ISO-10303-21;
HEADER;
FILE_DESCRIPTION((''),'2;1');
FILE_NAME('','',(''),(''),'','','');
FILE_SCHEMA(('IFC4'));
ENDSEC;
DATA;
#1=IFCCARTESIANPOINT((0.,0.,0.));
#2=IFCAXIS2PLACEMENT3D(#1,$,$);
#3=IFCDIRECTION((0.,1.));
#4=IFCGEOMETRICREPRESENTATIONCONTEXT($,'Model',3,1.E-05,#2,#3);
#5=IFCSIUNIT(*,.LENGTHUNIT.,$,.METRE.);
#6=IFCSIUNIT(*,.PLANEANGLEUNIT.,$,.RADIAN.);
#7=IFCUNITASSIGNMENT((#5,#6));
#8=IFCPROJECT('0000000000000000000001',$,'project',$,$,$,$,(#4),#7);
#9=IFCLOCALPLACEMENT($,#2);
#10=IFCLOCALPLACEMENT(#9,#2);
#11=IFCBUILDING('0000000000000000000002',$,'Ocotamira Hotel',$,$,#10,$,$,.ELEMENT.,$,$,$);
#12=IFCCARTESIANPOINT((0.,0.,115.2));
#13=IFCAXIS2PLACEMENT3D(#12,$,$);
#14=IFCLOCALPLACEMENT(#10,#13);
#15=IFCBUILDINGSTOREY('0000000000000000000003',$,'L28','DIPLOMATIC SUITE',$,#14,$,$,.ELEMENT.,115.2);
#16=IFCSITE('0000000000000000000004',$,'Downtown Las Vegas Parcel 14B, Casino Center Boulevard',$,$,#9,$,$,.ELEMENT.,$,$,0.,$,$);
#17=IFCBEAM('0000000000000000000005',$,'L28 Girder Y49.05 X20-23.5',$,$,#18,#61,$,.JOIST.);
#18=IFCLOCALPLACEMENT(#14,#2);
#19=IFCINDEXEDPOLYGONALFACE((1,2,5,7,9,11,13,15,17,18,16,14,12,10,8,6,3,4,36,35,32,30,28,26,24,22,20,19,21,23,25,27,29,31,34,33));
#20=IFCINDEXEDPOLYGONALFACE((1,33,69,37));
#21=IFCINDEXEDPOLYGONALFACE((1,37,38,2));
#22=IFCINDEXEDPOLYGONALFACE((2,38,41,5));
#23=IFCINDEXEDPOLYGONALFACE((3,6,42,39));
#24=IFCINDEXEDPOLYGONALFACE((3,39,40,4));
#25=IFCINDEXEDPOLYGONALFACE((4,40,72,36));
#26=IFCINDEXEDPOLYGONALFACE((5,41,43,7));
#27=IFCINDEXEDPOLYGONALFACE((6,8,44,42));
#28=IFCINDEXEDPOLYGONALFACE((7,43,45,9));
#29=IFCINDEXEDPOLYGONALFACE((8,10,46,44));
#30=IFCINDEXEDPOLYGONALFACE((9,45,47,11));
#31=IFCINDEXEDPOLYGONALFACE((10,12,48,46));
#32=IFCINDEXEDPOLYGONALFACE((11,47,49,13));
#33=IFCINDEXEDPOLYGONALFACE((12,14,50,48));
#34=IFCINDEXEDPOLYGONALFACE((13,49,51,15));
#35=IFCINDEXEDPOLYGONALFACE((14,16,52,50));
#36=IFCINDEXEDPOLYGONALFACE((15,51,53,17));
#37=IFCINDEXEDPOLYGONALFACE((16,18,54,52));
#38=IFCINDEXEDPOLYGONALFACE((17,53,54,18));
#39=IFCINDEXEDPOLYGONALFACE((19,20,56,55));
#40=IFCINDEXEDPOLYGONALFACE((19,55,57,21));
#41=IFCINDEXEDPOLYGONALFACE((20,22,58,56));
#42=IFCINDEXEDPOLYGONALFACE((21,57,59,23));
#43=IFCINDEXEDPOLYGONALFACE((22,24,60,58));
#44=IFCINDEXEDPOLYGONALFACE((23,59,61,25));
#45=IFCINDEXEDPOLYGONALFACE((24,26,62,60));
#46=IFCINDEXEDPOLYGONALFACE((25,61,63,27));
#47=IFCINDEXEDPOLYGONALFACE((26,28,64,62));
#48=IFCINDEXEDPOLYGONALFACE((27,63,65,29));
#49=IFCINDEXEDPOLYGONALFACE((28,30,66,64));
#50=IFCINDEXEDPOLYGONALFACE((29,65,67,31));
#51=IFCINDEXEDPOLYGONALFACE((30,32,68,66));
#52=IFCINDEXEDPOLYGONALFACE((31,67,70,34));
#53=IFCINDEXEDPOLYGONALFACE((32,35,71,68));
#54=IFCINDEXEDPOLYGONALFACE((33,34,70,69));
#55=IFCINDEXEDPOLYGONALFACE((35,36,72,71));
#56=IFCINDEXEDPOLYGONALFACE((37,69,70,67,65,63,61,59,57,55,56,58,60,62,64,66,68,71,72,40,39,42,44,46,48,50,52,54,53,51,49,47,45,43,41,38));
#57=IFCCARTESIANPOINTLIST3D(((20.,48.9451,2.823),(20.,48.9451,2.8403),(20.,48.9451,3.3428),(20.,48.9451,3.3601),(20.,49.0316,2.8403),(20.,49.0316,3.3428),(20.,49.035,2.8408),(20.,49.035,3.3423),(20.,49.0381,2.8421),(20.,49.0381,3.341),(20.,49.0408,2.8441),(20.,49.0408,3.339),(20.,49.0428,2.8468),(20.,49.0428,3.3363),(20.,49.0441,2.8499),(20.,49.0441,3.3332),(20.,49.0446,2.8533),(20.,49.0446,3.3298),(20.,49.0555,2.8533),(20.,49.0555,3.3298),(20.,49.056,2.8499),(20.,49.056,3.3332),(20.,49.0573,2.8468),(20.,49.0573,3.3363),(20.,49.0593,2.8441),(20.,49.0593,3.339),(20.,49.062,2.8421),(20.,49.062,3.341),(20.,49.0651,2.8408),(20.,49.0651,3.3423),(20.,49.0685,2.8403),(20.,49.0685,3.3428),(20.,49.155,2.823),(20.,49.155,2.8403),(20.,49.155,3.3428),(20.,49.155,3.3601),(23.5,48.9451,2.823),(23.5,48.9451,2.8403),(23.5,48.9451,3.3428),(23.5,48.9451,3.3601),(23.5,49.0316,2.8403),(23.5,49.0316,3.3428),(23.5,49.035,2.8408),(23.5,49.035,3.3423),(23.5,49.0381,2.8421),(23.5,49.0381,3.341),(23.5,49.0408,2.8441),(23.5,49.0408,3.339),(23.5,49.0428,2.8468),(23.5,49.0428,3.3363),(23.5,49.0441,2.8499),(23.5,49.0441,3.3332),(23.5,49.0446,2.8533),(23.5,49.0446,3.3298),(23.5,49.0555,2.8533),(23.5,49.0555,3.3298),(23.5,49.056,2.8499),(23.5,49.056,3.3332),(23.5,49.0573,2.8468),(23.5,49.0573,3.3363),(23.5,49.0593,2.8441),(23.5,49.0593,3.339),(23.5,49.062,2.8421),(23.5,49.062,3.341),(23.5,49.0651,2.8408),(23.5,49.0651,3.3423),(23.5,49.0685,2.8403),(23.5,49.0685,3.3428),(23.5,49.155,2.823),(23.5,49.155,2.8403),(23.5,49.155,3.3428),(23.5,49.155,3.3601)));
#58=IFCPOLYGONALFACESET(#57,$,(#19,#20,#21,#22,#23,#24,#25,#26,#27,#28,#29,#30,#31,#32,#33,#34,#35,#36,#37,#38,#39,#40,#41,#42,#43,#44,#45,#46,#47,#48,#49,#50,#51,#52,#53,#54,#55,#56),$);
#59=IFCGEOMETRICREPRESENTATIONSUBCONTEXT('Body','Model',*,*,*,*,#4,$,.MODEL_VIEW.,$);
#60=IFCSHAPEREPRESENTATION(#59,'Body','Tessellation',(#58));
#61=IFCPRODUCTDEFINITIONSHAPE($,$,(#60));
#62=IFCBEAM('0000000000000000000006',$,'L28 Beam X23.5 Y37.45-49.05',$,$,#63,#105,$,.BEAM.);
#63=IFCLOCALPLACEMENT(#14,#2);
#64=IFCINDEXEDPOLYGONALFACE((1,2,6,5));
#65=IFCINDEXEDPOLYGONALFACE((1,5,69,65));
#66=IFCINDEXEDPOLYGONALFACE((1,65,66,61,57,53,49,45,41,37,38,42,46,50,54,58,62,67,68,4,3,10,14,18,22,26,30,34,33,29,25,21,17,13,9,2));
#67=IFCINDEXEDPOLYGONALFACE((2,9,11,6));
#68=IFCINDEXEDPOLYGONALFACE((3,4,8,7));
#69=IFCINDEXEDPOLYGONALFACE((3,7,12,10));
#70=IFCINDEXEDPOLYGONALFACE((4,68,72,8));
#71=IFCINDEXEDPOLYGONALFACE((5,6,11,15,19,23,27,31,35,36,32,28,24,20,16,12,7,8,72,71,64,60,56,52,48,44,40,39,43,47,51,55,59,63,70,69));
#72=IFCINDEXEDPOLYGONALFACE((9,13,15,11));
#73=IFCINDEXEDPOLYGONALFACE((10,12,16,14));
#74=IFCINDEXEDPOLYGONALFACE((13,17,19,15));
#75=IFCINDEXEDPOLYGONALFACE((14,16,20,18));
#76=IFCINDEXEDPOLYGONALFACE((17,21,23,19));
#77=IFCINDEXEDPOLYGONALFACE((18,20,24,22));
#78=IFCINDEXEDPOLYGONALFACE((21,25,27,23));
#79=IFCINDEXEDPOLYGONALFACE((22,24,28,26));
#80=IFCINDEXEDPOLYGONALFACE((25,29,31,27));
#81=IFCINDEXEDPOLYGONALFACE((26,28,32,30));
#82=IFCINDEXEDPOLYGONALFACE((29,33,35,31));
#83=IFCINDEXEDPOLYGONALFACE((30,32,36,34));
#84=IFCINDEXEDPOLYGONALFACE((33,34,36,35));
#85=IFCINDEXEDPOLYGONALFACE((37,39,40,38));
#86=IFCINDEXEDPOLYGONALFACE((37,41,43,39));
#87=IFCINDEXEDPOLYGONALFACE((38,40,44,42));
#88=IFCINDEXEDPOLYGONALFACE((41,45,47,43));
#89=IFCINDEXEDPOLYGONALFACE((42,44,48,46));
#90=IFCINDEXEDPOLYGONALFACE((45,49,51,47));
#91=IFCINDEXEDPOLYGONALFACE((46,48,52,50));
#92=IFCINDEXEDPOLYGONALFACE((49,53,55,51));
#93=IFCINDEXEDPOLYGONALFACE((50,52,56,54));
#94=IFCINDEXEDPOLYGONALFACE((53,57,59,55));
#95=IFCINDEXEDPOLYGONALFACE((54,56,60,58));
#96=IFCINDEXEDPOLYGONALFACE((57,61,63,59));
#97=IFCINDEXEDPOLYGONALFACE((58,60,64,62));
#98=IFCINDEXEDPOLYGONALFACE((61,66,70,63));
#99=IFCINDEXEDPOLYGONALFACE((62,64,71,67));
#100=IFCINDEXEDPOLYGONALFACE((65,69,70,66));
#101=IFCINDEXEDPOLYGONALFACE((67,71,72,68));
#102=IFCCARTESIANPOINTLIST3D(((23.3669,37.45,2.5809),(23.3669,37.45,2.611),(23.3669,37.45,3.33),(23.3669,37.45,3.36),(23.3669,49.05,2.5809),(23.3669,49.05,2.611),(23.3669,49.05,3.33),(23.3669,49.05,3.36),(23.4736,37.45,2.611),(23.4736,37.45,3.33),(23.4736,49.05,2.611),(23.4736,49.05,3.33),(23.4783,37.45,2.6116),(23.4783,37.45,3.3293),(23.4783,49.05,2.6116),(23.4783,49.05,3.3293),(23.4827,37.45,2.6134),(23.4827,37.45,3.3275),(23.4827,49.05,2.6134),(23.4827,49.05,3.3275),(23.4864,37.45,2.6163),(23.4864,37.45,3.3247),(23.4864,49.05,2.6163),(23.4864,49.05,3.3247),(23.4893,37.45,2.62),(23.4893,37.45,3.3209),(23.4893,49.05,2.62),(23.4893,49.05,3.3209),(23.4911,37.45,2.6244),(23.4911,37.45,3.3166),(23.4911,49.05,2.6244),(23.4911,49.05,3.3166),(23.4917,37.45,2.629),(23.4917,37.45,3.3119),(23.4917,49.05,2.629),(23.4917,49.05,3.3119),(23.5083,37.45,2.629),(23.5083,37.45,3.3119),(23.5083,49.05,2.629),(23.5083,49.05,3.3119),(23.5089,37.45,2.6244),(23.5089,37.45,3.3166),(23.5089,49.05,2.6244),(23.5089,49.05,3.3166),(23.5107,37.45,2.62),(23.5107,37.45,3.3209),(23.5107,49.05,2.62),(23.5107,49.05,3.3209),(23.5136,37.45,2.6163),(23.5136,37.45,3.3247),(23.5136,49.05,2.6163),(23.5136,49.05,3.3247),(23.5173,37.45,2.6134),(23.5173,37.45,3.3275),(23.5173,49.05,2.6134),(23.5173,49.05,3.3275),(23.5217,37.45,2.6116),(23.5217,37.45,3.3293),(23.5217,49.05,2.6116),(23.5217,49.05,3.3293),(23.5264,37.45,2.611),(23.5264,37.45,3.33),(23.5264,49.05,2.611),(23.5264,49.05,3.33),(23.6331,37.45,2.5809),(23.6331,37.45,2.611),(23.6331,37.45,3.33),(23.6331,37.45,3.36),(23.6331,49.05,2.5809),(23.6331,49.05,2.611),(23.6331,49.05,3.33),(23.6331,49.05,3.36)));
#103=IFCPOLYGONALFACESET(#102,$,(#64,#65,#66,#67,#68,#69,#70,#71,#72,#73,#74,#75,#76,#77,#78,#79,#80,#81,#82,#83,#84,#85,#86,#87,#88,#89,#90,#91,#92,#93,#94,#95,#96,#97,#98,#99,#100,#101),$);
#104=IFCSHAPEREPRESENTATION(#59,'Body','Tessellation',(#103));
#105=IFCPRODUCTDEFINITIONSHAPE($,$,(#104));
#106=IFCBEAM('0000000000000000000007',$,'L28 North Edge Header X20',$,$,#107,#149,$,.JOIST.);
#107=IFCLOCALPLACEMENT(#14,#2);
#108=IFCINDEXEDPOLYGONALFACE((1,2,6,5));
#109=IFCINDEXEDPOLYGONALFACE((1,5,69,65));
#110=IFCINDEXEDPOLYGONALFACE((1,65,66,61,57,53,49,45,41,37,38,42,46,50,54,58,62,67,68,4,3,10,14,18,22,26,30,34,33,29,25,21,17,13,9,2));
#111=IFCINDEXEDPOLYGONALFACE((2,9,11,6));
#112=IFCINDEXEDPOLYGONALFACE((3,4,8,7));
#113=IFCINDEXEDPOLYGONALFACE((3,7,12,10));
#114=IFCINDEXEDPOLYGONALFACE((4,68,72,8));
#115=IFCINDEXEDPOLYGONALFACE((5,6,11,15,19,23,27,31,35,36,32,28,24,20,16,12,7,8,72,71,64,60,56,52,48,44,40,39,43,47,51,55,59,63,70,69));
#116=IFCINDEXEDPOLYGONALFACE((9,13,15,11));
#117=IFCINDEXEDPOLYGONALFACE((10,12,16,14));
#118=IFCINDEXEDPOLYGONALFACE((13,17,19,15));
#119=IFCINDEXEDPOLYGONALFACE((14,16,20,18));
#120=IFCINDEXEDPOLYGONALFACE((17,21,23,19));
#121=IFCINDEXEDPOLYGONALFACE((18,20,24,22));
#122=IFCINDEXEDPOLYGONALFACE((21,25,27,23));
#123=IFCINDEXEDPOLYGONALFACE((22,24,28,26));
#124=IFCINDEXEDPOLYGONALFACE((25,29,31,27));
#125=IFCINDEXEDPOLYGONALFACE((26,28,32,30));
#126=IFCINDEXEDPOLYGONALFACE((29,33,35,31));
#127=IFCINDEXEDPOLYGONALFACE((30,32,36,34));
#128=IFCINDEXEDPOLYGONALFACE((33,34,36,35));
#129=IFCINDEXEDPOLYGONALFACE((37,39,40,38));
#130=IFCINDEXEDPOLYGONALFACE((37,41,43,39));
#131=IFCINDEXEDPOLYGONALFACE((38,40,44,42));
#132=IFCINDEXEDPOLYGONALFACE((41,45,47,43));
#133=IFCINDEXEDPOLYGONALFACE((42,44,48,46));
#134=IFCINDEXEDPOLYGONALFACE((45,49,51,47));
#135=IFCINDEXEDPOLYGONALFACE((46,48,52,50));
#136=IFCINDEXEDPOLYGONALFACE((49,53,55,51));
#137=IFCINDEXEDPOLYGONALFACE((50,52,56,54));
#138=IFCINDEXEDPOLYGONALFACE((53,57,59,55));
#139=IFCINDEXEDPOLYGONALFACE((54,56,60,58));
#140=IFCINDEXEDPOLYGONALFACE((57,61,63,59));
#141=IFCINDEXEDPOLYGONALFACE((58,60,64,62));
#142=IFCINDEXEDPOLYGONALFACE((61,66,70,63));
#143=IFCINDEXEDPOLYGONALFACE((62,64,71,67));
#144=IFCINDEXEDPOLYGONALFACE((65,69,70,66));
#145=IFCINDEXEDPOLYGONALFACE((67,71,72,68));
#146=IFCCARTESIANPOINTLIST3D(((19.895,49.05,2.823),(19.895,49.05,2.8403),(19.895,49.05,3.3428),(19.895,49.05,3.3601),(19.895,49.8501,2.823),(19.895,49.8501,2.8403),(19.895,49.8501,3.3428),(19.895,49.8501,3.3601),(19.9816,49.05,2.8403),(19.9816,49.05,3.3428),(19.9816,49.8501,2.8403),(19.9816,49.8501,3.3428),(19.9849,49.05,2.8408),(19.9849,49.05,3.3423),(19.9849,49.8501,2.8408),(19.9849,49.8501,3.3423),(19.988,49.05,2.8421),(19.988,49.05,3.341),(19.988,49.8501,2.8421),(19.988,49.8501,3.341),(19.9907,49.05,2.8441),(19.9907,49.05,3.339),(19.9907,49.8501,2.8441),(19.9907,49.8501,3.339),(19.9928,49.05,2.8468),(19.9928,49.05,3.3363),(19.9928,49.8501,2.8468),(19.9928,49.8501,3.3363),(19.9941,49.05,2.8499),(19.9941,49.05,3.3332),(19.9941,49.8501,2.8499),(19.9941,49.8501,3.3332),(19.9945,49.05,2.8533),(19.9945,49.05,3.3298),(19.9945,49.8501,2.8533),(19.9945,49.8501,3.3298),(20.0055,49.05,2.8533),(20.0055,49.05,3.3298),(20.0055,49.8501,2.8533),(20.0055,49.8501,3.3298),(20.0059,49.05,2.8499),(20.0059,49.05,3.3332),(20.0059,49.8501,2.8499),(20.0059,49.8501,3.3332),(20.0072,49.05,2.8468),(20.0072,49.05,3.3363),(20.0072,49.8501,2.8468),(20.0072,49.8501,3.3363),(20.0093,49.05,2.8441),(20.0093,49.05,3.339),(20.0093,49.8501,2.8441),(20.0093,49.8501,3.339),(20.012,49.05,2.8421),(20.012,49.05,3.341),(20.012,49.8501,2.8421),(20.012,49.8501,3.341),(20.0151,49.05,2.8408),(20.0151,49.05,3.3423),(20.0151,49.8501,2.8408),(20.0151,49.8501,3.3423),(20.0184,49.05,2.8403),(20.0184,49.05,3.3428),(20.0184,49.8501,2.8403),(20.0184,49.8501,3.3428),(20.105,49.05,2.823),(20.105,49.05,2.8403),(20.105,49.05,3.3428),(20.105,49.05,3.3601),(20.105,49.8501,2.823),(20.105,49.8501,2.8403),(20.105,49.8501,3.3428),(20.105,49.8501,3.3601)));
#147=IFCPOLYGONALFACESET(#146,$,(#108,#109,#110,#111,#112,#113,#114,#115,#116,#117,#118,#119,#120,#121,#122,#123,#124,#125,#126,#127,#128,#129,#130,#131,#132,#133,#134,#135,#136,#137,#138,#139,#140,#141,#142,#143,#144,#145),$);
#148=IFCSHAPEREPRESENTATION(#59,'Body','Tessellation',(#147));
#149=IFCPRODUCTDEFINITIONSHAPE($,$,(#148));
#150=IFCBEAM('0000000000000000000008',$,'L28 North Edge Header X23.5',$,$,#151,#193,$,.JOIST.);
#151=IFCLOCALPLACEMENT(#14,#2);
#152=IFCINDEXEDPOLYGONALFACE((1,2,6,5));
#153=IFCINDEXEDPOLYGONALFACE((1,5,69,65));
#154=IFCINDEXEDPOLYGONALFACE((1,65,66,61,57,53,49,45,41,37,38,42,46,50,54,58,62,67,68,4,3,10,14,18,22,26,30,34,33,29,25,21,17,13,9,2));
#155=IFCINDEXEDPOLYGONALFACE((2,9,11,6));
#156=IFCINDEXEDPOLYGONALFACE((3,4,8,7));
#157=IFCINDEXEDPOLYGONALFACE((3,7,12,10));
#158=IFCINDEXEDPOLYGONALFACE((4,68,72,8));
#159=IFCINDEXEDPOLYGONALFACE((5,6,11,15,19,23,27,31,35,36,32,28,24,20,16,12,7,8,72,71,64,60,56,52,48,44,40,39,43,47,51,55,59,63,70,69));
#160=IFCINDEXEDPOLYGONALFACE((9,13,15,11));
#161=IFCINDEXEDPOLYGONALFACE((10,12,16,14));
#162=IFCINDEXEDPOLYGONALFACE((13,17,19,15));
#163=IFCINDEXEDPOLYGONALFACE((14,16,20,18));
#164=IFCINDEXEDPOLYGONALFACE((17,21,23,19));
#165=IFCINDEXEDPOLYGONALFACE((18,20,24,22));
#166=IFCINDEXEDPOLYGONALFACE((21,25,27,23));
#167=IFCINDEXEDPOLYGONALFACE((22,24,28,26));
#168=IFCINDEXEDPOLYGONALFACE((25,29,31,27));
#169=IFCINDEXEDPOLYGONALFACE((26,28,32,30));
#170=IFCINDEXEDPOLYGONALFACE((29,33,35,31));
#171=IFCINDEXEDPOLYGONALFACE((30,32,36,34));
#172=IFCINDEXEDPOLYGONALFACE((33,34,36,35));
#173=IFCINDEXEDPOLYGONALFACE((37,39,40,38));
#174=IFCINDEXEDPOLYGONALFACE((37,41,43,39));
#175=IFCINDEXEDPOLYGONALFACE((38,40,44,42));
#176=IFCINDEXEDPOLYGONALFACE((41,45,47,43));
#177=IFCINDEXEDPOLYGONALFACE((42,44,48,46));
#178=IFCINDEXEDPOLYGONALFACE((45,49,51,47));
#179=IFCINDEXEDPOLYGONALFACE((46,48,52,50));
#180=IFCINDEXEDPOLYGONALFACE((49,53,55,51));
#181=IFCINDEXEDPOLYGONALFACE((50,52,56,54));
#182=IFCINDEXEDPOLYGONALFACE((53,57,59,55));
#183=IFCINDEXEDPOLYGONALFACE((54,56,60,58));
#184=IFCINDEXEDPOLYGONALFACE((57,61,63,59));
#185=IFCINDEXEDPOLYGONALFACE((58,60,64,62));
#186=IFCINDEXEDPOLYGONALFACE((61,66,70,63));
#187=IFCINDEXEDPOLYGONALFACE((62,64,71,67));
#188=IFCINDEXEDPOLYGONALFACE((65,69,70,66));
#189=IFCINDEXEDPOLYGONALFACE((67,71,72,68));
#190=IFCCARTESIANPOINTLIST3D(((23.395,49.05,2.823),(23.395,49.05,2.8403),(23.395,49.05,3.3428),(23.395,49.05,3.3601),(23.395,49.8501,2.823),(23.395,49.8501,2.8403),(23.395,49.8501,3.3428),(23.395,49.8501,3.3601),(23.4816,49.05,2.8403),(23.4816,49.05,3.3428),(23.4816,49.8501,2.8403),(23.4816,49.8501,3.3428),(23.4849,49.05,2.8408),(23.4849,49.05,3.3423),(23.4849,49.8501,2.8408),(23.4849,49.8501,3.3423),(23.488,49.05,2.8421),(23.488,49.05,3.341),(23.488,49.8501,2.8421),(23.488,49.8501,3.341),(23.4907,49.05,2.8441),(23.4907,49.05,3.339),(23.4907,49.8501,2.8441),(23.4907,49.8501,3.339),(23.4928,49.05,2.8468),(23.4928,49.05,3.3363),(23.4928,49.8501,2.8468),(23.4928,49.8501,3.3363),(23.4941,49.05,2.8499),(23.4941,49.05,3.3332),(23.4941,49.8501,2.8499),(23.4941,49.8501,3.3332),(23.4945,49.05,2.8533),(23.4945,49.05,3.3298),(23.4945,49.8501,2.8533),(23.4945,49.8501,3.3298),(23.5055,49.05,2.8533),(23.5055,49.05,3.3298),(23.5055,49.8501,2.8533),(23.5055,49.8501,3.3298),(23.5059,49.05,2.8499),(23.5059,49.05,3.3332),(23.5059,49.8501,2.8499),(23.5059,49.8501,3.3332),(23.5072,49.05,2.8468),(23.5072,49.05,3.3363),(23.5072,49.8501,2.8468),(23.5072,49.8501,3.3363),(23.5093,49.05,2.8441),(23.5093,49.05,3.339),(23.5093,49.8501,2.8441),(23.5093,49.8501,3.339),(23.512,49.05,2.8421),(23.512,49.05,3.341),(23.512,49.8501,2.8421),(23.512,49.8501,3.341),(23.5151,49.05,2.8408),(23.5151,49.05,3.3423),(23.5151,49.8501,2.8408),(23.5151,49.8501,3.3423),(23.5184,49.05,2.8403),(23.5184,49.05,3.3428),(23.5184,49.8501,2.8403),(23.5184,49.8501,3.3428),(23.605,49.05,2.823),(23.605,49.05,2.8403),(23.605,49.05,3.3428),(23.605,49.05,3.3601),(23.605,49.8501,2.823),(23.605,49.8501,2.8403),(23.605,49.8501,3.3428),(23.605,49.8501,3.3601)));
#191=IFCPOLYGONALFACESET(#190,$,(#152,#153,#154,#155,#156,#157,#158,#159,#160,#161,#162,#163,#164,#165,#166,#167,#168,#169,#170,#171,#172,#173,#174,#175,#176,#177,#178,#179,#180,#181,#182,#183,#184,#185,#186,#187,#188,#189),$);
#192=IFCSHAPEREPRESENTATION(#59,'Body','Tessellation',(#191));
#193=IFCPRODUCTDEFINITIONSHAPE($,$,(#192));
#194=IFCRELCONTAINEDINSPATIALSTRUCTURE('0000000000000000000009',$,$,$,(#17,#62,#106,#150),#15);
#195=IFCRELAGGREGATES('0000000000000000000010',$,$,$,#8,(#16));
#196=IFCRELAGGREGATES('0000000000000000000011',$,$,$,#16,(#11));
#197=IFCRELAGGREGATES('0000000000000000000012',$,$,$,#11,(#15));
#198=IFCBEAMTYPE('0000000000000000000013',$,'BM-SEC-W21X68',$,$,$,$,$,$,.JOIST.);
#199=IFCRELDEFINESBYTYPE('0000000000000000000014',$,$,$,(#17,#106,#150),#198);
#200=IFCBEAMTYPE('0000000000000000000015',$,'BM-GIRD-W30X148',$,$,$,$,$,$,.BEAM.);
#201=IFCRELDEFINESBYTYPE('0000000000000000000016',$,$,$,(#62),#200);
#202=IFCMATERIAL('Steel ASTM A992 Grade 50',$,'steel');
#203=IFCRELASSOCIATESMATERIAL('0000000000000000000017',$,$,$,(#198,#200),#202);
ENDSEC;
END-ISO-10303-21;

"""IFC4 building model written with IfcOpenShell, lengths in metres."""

from ifc_helpers import new_model, si_unit, direction, frame, origin, origin_2d, place, context, subcontext, project, spatial, i_section, extrude, source, transform, mapped, material, material_profile, profile_set, type_object, element, save


model = new_model("IFC4")

# Units and contexts
model_context = context("Model", 3, precision=1e-05, world=origin(), true_north=direction((0.0, 1.0)))
body_context = subcontext(model_context, "Body", "Model", "MODEL_VIEW")
ifc_project = project(units=[si_unit("LENGTHUNIT", "METRE"), si_unit("PLANEANGLEUNIT", "RADIAN")], contexts=[model_context])

# Site, building, storey
site_placement = place(None, origin())
site = spatial("IfcSite", under=ifc_project, at=site_placement, Name="Downtown Las Vegas Parcel 14B, Casino Center Boulevard", CompositionType="ELEMENT", RefElevation=0.0)
building_placement = place(site_placement, origin())
building = spatial("IfcBuilding", under=site, at=building_placement, Name="Ocotamira Hotel", CompositionType="ELEMENT")
storey_placement = place(building_placement, frame((0.0, 0.0, 115.2)))
storey = spatial("IfcBuildingStorey", under=building, at=storey_placement, Name="L28", Description="DIPLOMATIC SUITE", CompositionType="ELEMENT", Elevation=115.2)

# Beams
ifc_material_1 = material(Name="Steel ASTM A992 Grade 50", Category="steel")
ifc_material_profile_1 = material_profile(ifc_material_1, i_section(OverallWidth=0.21, OverallDepth=0.5371, WebThickness=0.011, FlangeThickness=0.0173, FilletRadius=0.0129, at=origin_2d()), Name="W21X68")
ifc_profile_set_1 = profile_set([ifc_material_profile_1], Name="Steel ASTM A992 Grade 50")
beam_type_1 = type_object("IfcBeamType", Name="BM-SEC-W21X68", PredefinedType="JOIST", material=ifc_profile_set_1)
shared_shape_1 = source(origin(), body_context, "Body", "SweptSolid", [
    extrude(i_section(OverallWidth=0.21, OverallDepth=0.5371, WebThickness=0.011, FlangeThickness=0.0173, FilletRadius=0.0129, at=origin_2d()), origin(), (0.0, 0.0, 1.0), 3.5),
])
beam_1_placement = place(storey_placement, frame((20.0, 49.05, 3.0916), z_axis=(1.0, 0.0, 0.0), x_axis=(0.0, 1.0, 0.0)))
element("IfcBeam", 1, at=beam_1_placement, inside=storey, type_object=beam_type_1, Name="L28 Girder Y49.05 X20-23.5", PredefinedType="JOIST", context=body_context, shape_type="MappedRepresentation", body=[
    mapped(shared_shape_1, transform((0.0, 0.0, 0.0), scale=1.0)),
])
ifc_material_profile_2 = material_profile(ifc_material_1, i_section(OverallWidth=0.2661, OverallDepth=0.7791, WebThickness=0.0166, FlangeThickness=0.03, FilletRadius=0.0181, at=origin_2d()), Name="W30X148")
ifc_profile_set_2 = profile_set([ifc_material_profile_2], Name="Steel ASTM A992 Grade 50")
beam_type_2 = type_object("IfcBeamType", Name="BM-GIRD-W30X148", PredefinedType="BEAM", material=ifc_profile_set_2)
shared_shape_2 = source(origin(), body_context, "Body", "SweptSolid", [
    extrude(i_section(OverallWidth=0.2661, OverallDepth=0.7791, WebThickness=0.0166, FlangeThickness=0.03, FilletRadius=0.0181, at=origin_2d()), origin(), (0.0, 0.0, 1.0), 11.6001),
])
beam_2_placement = place(storey_placement, frame((23.5, 37.45, 2.9705), z_axis=(0.0, 1.0, 0.0), x_axis=(-1.0, 0.0, 0.0)))
element("IfcBeam", 2, at=beam_2_placement, inside=storey, type_object=beam_type_2, Name="L28 Beam X23.5 Y37.45-49.05", PredefinedType="BEAM", context=body_context, shape_type="MappedRepresentation", body=[
    mapped(shared_shape_2, transform((0.0, 0.0, 0.0), scale=1.0)),
])
shared_shape_3 = source(origin(), body_context, "Body", "SweptSolid", [
    extrude(i_section(OverallWidth=0.21, OverallDepth=0.5371, WebThickness=0.011, FlangeThickness=0.0173, FilletRadius=0.0129, at=origin_2d()), origin(), (0.0, 0.0, 1.0), 0.8),
])
for number, where, z_axis, x_axis, name in (
    (3, (20.0, 49.05, 3.0916), (0.0, 1.0, 0.0), (-1.0, 0.0, 0.0), "L28 North Edge Header X20"),
    (4, (23.5, 49.05, 3.0916), (0.0, 1.0, 0.0), (-1.0, 0.0, 0.0), "L28 North Edge Header X23.5"),
):
    element("IfcBeam", number, at=place(storey_placement, frame(where, z_axis=z_axis, x_axis=x_axis)), inside=storey, type_object=beam_type_1, Name=name, PredefinedType="JOIST", context=body_context, shape_type="MappedRepresentation", body=[
        mapped(shared_shape_3, transform((0.0, 0.0, 0.0), scale=1.0)),
    ])

save(model, "model.ifc")
